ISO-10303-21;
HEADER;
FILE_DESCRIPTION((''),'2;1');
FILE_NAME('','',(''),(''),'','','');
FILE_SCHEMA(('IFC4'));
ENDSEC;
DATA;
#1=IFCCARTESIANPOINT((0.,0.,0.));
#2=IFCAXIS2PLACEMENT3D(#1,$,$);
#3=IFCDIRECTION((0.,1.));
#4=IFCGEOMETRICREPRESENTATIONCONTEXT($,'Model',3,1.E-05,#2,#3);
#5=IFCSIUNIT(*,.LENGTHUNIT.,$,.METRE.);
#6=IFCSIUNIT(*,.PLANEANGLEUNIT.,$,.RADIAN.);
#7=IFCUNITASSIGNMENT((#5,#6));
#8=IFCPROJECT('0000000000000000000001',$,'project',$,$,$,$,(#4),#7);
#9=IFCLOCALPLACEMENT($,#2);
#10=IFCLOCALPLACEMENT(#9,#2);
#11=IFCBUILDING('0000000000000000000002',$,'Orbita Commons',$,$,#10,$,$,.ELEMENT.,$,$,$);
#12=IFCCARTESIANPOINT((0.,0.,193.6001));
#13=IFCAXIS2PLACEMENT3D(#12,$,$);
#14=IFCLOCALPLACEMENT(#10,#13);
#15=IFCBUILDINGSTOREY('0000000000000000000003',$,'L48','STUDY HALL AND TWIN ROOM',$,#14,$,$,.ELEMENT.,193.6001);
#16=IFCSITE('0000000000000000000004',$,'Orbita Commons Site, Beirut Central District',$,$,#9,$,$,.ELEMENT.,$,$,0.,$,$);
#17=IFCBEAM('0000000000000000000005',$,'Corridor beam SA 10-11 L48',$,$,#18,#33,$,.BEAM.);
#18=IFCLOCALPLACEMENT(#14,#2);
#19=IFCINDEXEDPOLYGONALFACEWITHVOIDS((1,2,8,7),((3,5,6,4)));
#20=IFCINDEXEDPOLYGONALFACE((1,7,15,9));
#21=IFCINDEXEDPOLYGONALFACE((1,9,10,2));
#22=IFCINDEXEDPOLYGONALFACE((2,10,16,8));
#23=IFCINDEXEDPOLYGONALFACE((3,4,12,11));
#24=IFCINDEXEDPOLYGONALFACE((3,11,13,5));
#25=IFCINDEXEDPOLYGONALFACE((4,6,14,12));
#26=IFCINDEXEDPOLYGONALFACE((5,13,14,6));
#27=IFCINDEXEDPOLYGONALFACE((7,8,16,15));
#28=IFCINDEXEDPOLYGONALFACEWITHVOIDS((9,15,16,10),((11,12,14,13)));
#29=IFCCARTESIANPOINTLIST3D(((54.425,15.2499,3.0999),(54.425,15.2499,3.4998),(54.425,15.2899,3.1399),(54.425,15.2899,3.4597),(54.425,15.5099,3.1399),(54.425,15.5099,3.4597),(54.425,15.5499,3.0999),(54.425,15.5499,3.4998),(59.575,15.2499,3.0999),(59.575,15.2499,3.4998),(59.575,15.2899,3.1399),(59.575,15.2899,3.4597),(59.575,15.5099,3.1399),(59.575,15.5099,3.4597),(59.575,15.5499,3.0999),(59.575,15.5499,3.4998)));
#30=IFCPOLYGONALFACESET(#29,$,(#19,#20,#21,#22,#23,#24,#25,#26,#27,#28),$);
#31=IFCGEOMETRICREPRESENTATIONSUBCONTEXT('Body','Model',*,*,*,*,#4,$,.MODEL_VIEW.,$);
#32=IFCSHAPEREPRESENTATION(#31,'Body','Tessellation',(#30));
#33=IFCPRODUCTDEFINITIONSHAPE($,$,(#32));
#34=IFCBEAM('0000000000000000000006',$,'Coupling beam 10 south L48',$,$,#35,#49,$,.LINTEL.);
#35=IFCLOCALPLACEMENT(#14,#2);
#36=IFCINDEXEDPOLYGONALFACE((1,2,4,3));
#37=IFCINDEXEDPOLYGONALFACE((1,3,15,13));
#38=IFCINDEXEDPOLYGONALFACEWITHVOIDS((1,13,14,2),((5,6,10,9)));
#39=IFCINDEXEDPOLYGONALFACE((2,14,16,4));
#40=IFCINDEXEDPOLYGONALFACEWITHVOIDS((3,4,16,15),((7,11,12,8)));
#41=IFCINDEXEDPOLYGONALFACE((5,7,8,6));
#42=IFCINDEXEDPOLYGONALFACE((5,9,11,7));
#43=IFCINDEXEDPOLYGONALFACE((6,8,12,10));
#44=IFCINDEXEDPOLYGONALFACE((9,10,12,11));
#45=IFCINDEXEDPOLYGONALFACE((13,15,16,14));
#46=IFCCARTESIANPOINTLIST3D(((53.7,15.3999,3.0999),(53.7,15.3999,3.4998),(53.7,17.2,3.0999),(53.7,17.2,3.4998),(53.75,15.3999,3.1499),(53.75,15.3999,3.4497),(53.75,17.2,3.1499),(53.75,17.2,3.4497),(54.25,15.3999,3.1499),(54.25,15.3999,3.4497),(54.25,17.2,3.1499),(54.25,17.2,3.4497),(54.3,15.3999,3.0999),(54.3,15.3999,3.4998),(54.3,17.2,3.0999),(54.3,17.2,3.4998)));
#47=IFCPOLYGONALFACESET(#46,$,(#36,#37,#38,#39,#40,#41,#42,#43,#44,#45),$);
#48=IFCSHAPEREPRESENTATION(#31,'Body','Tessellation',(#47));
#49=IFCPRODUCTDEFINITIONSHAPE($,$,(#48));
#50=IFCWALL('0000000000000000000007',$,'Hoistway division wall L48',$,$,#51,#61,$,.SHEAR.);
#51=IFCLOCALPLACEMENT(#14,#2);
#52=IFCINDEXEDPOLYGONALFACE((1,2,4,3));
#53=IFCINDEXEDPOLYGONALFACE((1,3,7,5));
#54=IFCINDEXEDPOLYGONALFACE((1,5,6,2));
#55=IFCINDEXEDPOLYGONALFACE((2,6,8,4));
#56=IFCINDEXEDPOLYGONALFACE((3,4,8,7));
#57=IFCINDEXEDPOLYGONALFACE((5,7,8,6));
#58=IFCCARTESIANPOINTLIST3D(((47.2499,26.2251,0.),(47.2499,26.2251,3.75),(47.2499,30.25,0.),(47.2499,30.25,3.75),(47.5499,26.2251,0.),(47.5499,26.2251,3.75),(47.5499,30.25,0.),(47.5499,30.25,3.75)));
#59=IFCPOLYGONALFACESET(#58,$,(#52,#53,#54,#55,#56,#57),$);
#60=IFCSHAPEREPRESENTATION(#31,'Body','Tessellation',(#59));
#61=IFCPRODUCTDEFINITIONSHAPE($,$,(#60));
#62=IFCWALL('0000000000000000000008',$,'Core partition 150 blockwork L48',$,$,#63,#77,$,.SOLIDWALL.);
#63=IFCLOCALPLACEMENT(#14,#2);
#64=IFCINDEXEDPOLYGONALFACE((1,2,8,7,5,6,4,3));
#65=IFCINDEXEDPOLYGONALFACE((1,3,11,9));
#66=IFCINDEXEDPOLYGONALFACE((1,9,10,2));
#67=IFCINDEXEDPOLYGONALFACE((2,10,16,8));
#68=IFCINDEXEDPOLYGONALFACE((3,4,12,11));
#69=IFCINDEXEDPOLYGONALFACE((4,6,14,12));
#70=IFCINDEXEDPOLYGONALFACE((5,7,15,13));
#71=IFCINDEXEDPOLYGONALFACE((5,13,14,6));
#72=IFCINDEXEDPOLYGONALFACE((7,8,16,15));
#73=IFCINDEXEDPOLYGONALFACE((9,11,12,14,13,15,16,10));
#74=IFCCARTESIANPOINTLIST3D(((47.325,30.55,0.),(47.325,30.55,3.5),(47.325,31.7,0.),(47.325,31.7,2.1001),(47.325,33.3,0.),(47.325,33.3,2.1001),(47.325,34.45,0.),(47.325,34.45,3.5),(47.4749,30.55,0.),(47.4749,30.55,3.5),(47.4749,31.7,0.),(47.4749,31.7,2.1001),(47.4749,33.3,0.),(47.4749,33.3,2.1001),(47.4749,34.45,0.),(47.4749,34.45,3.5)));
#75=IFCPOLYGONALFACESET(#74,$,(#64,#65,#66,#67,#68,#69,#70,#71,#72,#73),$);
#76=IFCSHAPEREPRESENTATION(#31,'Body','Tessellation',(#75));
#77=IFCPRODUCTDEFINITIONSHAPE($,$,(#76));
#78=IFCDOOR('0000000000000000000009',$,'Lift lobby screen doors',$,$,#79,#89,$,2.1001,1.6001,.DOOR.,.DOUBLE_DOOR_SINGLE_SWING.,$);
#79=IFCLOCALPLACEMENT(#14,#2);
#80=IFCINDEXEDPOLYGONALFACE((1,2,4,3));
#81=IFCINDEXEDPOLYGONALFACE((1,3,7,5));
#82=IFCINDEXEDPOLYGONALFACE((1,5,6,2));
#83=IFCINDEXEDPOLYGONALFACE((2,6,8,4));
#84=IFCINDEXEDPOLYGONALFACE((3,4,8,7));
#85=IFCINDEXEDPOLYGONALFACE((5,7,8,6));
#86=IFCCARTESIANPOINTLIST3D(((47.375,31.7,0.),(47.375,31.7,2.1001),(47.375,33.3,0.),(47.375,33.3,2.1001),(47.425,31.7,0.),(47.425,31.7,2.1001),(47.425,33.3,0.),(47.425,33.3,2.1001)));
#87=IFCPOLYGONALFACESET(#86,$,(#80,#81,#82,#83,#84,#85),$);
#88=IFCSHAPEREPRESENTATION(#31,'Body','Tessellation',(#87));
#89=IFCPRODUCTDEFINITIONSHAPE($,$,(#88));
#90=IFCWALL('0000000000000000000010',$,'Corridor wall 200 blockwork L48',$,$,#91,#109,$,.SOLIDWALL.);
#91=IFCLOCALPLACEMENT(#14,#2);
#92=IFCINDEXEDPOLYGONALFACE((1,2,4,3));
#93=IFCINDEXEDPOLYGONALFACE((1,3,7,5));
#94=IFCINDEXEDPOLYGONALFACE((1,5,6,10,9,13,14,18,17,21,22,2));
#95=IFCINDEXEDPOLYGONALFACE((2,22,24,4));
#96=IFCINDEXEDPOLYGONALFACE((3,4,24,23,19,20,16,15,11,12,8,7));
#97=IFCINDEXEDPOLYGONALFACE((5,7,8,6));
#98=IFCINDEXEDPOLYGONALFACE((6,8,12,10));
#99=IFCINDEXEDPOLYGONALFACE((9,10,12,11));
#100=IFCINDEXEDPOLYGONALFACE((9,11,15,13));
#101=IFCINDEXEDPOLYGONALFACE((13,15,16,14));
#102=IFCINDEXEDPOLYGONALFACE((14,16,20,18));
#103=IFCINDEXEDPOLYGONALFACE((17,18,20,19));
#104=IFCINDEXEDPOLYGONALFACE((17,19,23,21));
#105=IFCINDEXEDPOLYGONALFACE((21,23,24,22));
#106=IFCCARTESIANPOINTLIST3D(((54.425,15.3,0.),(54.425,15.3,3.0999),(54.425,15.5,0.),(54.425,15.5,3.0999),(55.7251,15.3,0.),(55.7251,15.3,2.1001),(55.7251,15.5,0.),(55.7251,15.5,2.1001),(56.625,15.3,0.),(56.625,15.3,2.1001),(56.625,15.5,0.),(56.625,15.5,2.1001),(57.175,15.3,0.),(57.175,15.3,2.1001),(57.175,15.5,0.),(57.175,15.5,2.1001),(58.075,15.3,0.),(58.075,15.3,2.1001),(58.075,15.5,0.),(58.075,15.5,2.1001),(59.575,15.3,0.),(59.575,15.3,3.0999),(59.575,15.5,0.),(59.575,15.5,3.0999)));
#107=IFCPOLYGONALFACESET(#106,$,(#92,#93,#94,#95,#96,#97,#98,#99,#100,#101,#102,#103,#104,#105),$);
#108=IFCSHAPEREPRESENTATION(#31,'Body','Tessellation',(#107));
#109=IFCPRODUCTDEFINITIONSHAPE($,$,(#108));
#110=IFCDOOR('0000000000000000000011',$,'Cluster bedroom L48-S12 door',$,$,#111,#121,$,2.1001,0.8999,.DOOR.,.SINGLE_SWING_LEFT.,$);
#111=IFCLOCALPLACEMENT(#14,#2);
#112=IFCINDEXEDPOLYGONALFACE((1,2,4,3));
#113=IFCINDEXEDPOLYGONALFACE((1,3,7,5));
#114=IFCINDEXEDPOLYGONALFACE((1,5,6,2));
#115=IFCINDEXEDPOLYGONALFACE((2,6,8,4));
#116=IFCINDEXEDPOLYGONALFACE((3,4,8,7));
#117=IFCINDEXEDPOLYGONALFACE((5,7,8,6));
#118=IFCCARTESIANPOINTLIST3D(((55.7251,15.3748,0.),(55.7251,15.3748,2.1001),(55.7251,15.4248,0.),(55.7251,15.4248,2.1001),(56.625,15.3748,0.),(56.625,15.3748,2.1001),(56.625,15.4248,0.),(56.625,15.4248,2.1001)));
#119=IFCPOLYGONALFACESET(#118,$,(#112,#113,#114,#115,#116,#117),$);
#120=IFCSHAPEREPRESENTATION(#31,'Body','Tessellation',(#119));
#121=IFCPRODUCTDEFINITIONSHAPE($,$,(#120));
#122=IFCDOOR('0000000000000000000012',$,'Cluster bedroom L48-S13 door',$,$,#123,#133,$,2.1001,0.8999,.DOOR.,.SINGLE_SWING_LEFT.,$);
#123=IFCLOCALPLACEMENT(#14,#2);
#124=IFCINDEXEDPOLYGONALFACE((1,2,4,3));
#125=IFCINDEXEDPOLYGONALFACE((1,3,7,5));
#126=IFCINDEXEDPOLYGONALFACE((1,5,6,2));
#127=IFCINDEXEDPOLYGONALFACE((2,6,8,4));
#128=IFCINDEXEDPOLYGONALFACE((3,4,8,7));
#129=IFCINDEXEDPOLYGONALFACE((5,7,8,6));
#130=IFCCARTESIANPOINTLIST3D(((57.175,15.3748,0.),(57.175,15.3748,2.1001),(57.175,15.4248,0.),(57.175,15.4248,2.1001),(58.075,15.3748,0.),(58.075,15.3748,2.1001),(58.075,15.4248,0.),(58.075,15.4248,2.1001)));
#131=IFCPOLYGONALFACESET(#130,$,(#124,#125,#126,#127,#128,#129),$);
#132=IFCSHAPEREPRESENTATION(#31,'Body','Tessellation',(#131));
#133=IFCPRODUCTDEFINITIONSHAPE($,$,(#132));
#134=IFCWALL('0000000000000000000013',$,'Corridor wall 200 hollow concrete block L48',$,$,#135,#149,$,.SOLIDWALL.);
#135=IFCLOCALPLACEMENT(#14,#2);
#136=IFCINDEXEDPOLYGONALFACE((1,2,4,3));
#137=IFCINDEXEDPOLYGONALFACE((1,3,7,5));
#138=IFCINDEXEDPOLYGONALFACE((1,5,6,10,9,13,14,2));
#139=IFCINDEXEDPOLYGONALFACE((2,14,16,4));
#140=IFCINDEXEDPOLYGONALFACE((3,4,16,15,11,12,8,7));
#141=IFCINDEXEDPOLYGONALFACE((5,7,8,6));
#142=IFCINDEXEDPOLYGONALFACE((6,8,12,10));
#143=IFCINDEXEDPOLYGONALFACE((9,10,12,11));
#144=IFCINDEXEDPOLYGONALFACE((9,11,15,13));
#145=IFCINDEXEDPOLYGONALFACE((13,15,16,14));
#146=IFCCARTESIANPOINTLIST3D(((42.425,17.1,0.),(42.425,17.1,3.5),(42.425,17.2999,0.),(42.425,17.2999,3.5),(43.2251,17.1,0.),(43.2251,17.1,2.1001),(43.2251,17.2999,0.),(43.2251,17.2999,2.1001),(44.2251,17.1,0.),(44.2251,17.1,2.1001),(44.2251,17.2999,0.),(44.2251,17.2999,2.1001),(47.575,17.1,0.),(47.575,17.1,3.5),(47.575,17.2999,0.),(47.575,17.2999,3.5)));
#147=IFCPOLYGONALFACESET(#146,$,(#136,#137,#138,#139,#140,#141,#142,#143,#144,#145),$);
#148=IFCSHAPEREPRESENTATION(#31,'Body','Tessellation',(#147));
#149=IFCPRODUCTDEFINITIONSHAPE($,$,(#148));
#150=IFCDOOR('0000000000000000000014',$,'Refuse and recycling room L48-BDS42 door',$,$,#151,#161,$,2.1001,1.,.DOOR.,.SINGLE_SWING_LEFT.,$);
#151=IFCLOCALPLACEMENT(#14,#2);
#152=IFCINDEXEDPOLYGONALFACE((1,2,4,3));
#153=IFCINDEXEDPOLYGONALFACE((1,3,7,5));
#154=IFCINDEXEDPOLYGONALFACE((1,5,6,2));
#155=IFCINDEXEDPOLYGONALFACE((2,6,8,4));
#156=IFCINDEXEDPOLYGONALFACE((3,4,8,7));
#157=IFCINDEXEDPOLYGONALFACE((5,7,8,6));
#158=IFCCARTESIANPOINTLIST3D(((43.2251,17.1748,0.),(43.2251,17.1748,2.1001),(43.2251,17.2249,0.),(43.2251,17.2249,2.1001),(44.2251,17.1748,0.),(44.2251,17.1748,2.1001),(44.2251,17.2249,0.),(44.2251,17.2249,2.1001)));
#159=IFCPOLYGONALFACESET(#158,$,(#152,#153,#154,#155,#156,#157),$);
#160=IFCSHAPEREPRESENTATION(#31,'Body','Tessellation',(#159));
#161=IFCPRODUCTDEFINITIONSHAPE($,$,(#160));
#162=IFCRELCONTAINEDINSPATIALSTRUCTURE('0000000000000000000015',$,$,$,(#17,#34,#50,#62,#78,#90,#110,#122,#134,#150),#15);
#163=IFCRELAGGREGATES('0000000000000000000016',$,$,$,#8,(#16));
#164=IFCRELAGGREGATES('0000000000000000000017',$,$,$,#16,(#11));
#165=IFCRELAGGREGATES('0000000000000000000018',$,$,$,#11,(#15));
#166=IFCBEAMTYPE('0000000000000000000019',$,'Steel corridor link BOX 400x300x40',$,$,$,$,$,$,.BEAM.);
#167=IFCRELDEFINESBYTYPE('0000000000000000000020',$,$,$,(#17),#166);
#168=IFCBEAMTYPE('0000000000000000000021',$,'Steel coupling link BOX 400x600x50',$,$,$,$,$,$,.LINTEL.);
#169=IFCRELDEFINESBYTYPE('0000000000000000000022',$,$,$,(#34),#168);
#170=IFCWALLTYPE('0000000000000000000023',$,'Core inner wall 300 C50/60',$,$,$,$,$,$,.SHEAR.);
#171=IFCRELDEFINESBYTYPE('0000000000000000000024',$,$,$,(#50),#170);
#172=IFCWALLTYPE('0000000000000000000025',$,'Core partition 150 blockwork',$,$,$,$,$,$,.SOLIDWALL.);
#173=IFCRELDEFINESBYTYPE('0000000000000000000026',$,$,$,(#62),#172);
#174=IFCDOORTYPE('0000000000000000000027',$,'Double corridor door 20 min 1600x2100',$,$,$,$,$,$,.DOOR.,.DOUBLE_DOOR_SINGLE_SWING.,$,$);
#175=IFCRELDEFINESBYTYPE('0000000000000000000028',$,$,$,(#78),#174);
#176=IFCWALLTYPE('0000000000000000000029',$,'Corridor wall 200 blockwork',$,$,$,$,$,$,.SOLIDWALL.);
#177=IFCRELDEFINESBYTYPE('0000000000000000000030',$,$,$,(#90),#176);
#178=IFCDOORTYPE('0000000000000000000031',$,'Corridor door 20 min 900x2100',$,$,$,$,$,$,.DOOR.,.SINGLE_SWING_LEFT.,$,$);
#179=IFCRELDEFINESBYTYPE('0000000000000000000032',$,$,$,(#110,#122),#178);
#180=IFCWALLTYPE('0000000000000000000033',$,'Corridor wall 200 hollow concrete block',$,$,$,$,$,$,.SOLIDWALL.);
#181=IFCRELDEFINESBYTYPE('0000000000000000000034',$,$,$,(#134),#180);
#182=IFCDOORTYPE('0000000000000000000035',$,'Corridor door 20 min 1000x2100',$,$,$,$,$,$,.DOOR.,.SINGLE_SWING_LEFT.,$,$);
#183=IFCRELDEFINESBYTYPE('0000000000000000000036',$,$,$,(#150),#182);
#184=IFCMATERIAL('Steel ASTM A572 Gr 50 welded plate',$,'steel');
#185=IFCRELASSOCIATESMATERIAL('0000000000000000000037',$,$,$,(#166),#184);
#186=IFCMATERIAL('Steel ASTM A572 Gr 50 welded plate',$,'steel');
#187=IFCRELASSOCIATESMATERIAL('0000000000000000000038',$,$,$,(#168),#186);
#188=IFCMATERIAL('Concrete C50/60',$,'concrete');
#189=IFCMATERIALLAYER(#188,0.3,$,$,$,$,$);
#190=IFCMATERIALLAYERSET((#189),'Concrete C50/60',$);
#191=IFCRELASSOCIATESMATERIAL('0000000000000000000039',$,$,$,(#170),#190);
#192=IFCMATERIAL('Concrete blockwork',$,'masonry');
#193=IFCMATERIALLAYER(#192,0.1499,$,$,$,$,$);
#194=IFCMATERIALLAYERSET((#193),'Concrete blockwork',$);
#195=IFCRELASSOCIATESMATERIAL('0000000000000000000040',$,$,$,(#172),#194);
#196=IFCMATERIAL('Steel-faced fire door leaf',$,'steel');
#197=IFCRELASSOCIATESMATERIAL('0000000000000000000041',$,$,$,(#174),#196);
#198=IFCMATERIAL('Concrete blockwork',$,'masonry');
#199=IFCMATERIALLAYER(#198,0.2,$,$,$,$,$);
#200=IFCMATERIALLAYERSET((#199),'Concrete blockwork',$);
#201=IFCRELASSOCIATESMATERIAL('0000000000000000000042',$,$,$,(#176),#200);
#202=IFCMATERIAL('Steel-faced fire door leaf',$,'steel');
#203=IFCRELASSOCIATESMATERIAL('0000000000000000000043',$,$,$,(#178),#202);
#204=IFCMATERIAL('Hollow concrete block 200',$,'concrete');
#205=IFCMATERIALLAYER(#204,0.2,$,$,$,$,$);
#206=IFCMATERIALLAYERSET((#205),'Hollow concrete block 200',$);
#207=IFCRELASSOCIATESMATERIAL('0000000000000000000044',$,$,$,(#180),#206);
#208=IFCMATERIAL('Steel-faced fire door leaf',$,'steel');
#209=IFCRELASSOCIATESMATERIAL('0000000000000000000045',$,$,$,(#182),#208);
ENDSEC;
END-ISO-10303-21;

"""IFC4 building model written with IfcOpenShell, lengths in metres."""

from ifc_helpers import new_model, si_unit, direction, frame, frame_2d, origin, origin_2d, place, context, subcontext, project, spatial, polyline, rectangle, hollow_rectangle, outline, extrude, material, layer, layer_set, material_profile, profile_set, type_object, element, fill, save


model = new_model("IFC4")

# Units and contexts
model_context = context("Model", 3, precision=1e-05, world=origin(), true_north=direction((0.0, 1.0)))
body_context = subcontext(model_context, "Body", "Model", "MODEL_VIEW")
ifc_project = project(units=[si_unit("LENGTHUNIT", "METRE"), si_unit("PLANEANGLEUNIT", "RADIAN")], contexts=[model_context])

# Site, building, storey
site_placement = place(None, origin())
site = spatial("IfcSite", under=ifc_project, at=site_placement, Name="Orbita Commons Site, Beirut Central District", CompositionType="ELEMENT", RefElevation=0.0)
building_placement = place(site_placement, origin())
building = spatial("IfcBuilding", under=site, at=building_placement, Name="Orbita Commons", CompositionType="ELEMENT")
storey_placement = place(building_placement, frame((0.0, 0.0, 193.6001)))
storey = spatial("IfcBuildingStorey", under=building, at=storey_placement, Name="L48", Description="STUDY HALL AND TWIN ROOM", CompositionType="ELEMENT", Elevation=193.6001)

# Beams
ifc_material_1 = material(Name="Steel ASTM A572 Gr 50 welded plate", Category="steel")
ifc_material_profile_1 = material_profile(ifc_material_1, hollow_rectangle(XDim=0.3, YDim=0.3999, WallThickness=0.04, at=origin_2d()), Name="BOX 400x300x40")
ifc_profile_set_1 = profile_set([ifc_material_profile_1], Name="Steel ASTM A572 Gr 50 welded plate")
beam_type_1 = type_object("IfcBeamType", Name="Steel corridor link BOX 400x300x40", PredefinedType="BEAM", material=ifc_profile_set_1)
beam_1_placement = place(storey_placement, frame((54.425, 15.3999, 3.2998), z_axis=(1.0, 0.0, 0.0), x_axis=(0.0, 1.0, 0.0)))
element("IfcBeam", 1, at=beam_1_placement, inside=storey, type_object=beam_type_1, Name="Corridor beam SA 10-11 L48", PredefinedType="BEAM", context=body_context, shape_type="SweptSolid", body=[
    extrude(hollow_rectangle(XDim=0.3, YDim=0.3999, WallThickness=0.04, at=origin_2d()), origin(), (0.0, 0.0, 1.0), 5.1499),
])
ifc_material_2 = material(Name="Steel ASTM A572 Gr 50 welded plate", Category="steel")
ifc_material_profile_2 = material_profile(ifc_material_2, hollow_rectangle(XDim=0.6001, YDim=0.3999, WallThickness=0.05, at=origin_2d()), Name="BOX 400x600x50")
ifc_profile_set_2 = profile_set([ifc_material_profile_2], Name="Steel ASTM A572 Gr 50 welded plate")
beam_type_2 = type_object("IfcBeamType", Name="Steel coupling link BOX 400x600x50", PredefinedType="LINTEL", material=ifc_profile_set_2)
beam_2_placement = place(storey_placement, frame((54.0, 15.3999, 3.2998), z_axis=(0.0, 1.0, 0.0), x_axis=(-1.0, 0.0, 0.0)))
element("IfcBeam", 2, at=beam_2_placement, inside=storey, type_object=beam_type_2, Name="Coupling beam 10 south L48", PredefinedType="LINTEL", context=body_context, shape_type="SweptSolid", body=[
    extrude(hollow_rectangle(XDim=0.6001, YDim=0.3999, WallThickness=0.05, at=origin_2d()), origin(), (0.0, 0.0, 1.0), 1.8),
])

# Wall
ifc_material_3 = material(Name="Concrete C50/60", Category="concrete")
ifc_layer_1 = layer(ifc_material_3, 0.3)
ifc_layer_set_1 = layer_set([ifc_layer_1], Name="Concrete C50/60")
wall_type_1 = type_object("IfcWallType", Name="Core inner wall 300 C50/60", PredefinedType="SHEAR", material=ifc_layer_set_1)
wall_1_placement = place(storey_placement, frame((47.3999, 26.2251, 0.0), z_axis=(0.0, 0.0, 1.0), x_axis=(0.0, 1.0, 0.0)))
element("IfcWall", 3, at=wall_1_placement, inside=storey, type_object=wall_type_1, Name="Hoistway division wall L48", PredefinedType="SHEAR", context=body_context, shape_type="SweptSolid", body=[
    extrude(rectangle(XDim=4.0249, YDim=0.3, at=frame_2d((2.0125, 0.0))), origin(), (0.0, 0.0, 1.0), 3.75),
])

# Wall, opening, door
ifc_material_4 = material(Name="Concrete blockwork", Category="masonry")
ifc_layer_2 = layer(ifc_material_4, 0.1499)
ifc_layer_set_2 = layer_set([ifc_layer_2], Name="Concrete blockwork")
wall_type_2 = type_object("IfcWallType", Name="Core partition 150 blockwork", PredefinedType="SOLIDWALL", material=ifc_layer_set_2)
wall_2_placement = place(storey_placement, frame((47.3999, 30.55, 0.0), z_axis=(0.0, 0.0, 1.0), x_axis=(0.0, 1.0, 0.0)))
wall_2 = element("IfcWall", 4, at=wall_2_placement, inside=storey, type_object=wall_type_2, Name="Core partition 150 blockwork L48", PredefinedType="SOLIDWALL", context=body_context, shape_type="SweptSolid", body=[
    extrude(rectangle(XDim=3.8999, YDim=0.1499, at=frame_2d((1.95, 0.0))), origin(), (0.0, 0.0, 1.0), 3.5),
])
opening_1_placement = place(wall_2_placement, frame((1.1499, 0.0, 0.0)))
opening_1 = element("IfcOpeningElement", 5, at=opening_1_placement, cuts=wall_2, PredefinedType="OPENING", context=body_context, shape_type="SweptSolid", body=[
    extrude(rectangle(XDim=1.6001, YDim=2.1001, at=frame_2d((0.8, 1.05))), frame((0.0, 0.085, 0.0), z_axis=(0.0, -1.0, 0.0), x_axis=(1.0, 0.0, 0.0)), (0.0, 0.0, 1.0), 0.1699),
])
ifc_material_5 = material(Name="Steel-faced fire door leaf", Category="steel")
door_type_1 = type_object("IfcDoorType", Name="Double corridor door 20 min 1600x2100", OperationType="DOUBLE_DOOR_SINGLE_SWING", PredefinedType="DOOR", material=ifc_material_5)
door_1_placement = place(opening_1_placement, origin())
door_1 = element("IfcDoor", 6, at=door_1_placement, inside=storey, type_object=door_type_1, Name="Lift lobby screen doors", OperationType="DOUBLE_DOOR_SINGLE_SWING", OverallHeight=2.1001, OverallWidth=1.6001, PredefinedType="DOOR", context=body_context, shape_type="SweptSolid", body=[
    extrude(rectangle(XDim=1.6001, YDim=2.1001, at=frame_2d((0.8, 1.05))), frame((0.0, 0.0249, 0.0), z_axis=(0.0, -1.0, 0.0), x_axis=(1.0, 0.0, 0.0)), (0.0, 0.0, 1.0), 0.05),
])
fill(opening_1, door_1)

# Wall, openings, doors
ifc_material_6 = material(Name="Concrete blockwork", Category="masonry")
ifc_layer_3 = layer(ifc_material_6, 0.2)
ifc_layer_set_3 = layer_set([ifc_layer_3], Name="Concrete blockwork")
wall_type_3 = type_object("IfcWallType", Name="Corridor wall 200 blockwork", PredefinedType="SOLIDWALL", material=ifc_layer_set_3)
wall_3_placement = place(storey_placement, frame((54.425, 15.3999, 0.0), z_axis=(0.0, 0.0, 1.0), x_axis=(1.0, 0.0, 0.0)))
wall_3 = element("IfcWall", 7, at=wall_3_placement, inside=storey, type_object=wall_type_3, Name="Corridor wall 200 blockwork L48", PredefinedType="SOLIDWALL", context=body_context, shape_type="SweptSolid", body=[
    extrude(outline(polyline([(0.0, 0.0), (5.1499, 0.0), (5.1499, 3.0999), (0.0, 3.0999), (0.0, 0.0)])), frame((0.0, 0.1001, 0.0), z_axis=(0.0, -1.0, 0.0), x_axis=(1.0, 0.0, 0.0)), (0.0, 0.0, 1.0), 0.2),
])
opening_2_placement = place(wall_3_placement, frame((1.3, 0.0, 0.0)))
opening_2 = element("IfcOpeningElement", 8, at=opening_2_placement, cuts=wall_3, PredefinedType="OPENING", context=body_context, shape_type="SweptSolid", body=[
    extrude(rectangle(XDim=0.8999, YDim=2.1001, at=frame_2d((0.45, 1.05))), frame((0.0, 0.1099, 0.0), z_axis=(0.0, -1.0, 0.0), x_axis=(1.0, 0.0, 0.0)), (0.0, 0.0, 1.0), 0.22),
])
opening_3_placement = place(wall_3_placement, frame((2.75, 0.0, 0.0)))
opening_3 = element("IfcOpeningElement", 9, at=opening_3_placement, cuts=wall_3, PredefinedType="OPENING", context=body_context, shape_type="SweptSolid", body=[
    extrude(rectangle(XDim=0.8999, YDim=2.1001, at=frame_2d((0.45, 1.05))), frame((0.0, 0.1099, 0.0), z_axis=(0.0, -1.0, 0.0), x_axis=(1.0, 0.0, 0.0)), (0.0, 0.0, 1.0), 0.22),
])
ifc_material_7 = material(Name="Steel-faced fire door leaf", Category="steel")
door_type_2 = type_object("IfcDoorType", Name="Corridor door 20 min 900x2100", OperationType="SINGLE_SWING_LEFT", PredefinedType="DOOR", material=ifc_material_7)
door_2_placement = place(opening_2_placement, origin())
door_2 = element("IfcDoor", 10, at=door_2_placement, inside=storey, type_object=door_type_2, Name="Cluster bedroom L48-S12 door", OperationType="SINGLE_SWING_LEFT", OverallHeight=2.1001, OverallWidth=0.8999, PredefinedType="DOOR", context=body_context, shape_type="SweptSolid", body=[
    extrude(rectangle(XDim=0.8999, YDim=2.1001, at=frame_2d((0.45, 1.05))), frame((0.0, 0.0249, 0.0), z_axis=(0.0, -1.0, 0.0), x_axis=(1.0, 0.0, 0.0)), (0.0, 0.0, 1.0), 0.05),
])
fill(opening_2, door_2)
door_3_placement = place(opening_3_placement, origin())
door_3 = element("IfcDoor", 11, at=door_3_placement, inside=storey, type_object=door_type_2, Name="Cluster bedroom L48-S13 door", OperationType="SINGLE_SWING_LEFT", OverallHeight=2.1001, OverallWidth=0.8999, PredefinedType="DOOR", context=body_context, shape_type="SweptSolid", body=[
    extrude(rectangle(XDim=0.8999, YDim=2.1001, at=frame_2d((0.45, 1.05))), frame((0.0, 0.0249, 0.0), z_axis=(0.0, -1.0, 0.0), x_axis=(1.0, 0.0, 0.0)), (0.0, 0.0, 1.0), 0.05),
])
fill(opening_3, door_3)

# Wall, opening, door
ifc_material_8 = material(Name="Hollow concrete block 200", Category="concrete")
ifc_layer_4 = layer(ifc_material_8, 0.2)
ifc_layer_set_4 = layer_set([ifc_layer_4], Name="Hollow concrete block 200")
wall_type_4 = type_object("IfcWallType", Name="Corridor wall 200 hollow concrete block", PredefinedType="SOLIDWALL", material=ifc_layer_set_4)
wall_4_placement = place(storey_placement, frame((42.425, 17.2, 0.0), z_axis=(0.0, 0.0, 1.0), x_axis=(1.0, 0.0, 0.0)))
wall_4 = element("IfcWall", 12, at=wall_4_placement, inside=storey, type_object=wall_type_4, Name="Corridor wall 200 hollow concrete block L48", PredefinedType="SOLIDWALL", context=body_context, shape_type="SweptSolid", body=[
    extrude(rectangle(XDim=5.1499, YDim=0.2, at=frame_2d((2.575, 0.0))), origin(), (0.0, 0.0, 1.0), 3.5),
])
opening_4_placement = place(wall_4_placement, frame((0.8, 0.0, 0.0)))
opening_4 = element("IfcOpeningElement", 13, at=opening_4_placement, cuts=wall_4, PredefinedType="OPENING", context=body_context, shape_type="SweptSolid", body=[
    extrude(rectangle(XDim=1.0, YDim=2.1001, at=frame_2d((0.5, 1.05))), frame((0.0, 0.1099, 0.0), z_axis=(0.0, -1.0, 0.0), x_axis=(1.0, 0.0, 0.0)), (0.0, 0.0, 1.0), 0.22),
])
ifc_material_9 = material(Name="Steel-faced fire door leaf", Category="steel")
door_type_3 = type_object("IfcDoorType", Name="Corridor door 20 min 1000x2100", OperationType="SINGLE_SWING_LEFT", PredefinedType="DOOR", material=ifc_material_9)
door_4_placement = place(opening_4_placement, origin())
door_4 = element("IfcDoor", 14, at=door_4_placement, inside=storey, type_object=door_type_3, Name="Refuse and recycling room L48-BDS42 door", OperationType="SINGLE_SWING_LEFT", OverallHeight=2.1001, OverallWidth=1.0, PredefinedType="DOOR", context=body_context, shape_type="SweptSolid", body=[
    extrude(rectangle(XDim=1.0, YDim=2.1001, at=frame_2d((0.5, 1.05))), frame((0.0, 0.0249, 0.0), z_axis=(0.0, -1.0, 0.0), x_axis=(1.0, 0.0, 0.0)), (0.0, 0.0, 1.0), 0.05),
])
fill(opening_4, door_4)

save(model, "model.ifc")
